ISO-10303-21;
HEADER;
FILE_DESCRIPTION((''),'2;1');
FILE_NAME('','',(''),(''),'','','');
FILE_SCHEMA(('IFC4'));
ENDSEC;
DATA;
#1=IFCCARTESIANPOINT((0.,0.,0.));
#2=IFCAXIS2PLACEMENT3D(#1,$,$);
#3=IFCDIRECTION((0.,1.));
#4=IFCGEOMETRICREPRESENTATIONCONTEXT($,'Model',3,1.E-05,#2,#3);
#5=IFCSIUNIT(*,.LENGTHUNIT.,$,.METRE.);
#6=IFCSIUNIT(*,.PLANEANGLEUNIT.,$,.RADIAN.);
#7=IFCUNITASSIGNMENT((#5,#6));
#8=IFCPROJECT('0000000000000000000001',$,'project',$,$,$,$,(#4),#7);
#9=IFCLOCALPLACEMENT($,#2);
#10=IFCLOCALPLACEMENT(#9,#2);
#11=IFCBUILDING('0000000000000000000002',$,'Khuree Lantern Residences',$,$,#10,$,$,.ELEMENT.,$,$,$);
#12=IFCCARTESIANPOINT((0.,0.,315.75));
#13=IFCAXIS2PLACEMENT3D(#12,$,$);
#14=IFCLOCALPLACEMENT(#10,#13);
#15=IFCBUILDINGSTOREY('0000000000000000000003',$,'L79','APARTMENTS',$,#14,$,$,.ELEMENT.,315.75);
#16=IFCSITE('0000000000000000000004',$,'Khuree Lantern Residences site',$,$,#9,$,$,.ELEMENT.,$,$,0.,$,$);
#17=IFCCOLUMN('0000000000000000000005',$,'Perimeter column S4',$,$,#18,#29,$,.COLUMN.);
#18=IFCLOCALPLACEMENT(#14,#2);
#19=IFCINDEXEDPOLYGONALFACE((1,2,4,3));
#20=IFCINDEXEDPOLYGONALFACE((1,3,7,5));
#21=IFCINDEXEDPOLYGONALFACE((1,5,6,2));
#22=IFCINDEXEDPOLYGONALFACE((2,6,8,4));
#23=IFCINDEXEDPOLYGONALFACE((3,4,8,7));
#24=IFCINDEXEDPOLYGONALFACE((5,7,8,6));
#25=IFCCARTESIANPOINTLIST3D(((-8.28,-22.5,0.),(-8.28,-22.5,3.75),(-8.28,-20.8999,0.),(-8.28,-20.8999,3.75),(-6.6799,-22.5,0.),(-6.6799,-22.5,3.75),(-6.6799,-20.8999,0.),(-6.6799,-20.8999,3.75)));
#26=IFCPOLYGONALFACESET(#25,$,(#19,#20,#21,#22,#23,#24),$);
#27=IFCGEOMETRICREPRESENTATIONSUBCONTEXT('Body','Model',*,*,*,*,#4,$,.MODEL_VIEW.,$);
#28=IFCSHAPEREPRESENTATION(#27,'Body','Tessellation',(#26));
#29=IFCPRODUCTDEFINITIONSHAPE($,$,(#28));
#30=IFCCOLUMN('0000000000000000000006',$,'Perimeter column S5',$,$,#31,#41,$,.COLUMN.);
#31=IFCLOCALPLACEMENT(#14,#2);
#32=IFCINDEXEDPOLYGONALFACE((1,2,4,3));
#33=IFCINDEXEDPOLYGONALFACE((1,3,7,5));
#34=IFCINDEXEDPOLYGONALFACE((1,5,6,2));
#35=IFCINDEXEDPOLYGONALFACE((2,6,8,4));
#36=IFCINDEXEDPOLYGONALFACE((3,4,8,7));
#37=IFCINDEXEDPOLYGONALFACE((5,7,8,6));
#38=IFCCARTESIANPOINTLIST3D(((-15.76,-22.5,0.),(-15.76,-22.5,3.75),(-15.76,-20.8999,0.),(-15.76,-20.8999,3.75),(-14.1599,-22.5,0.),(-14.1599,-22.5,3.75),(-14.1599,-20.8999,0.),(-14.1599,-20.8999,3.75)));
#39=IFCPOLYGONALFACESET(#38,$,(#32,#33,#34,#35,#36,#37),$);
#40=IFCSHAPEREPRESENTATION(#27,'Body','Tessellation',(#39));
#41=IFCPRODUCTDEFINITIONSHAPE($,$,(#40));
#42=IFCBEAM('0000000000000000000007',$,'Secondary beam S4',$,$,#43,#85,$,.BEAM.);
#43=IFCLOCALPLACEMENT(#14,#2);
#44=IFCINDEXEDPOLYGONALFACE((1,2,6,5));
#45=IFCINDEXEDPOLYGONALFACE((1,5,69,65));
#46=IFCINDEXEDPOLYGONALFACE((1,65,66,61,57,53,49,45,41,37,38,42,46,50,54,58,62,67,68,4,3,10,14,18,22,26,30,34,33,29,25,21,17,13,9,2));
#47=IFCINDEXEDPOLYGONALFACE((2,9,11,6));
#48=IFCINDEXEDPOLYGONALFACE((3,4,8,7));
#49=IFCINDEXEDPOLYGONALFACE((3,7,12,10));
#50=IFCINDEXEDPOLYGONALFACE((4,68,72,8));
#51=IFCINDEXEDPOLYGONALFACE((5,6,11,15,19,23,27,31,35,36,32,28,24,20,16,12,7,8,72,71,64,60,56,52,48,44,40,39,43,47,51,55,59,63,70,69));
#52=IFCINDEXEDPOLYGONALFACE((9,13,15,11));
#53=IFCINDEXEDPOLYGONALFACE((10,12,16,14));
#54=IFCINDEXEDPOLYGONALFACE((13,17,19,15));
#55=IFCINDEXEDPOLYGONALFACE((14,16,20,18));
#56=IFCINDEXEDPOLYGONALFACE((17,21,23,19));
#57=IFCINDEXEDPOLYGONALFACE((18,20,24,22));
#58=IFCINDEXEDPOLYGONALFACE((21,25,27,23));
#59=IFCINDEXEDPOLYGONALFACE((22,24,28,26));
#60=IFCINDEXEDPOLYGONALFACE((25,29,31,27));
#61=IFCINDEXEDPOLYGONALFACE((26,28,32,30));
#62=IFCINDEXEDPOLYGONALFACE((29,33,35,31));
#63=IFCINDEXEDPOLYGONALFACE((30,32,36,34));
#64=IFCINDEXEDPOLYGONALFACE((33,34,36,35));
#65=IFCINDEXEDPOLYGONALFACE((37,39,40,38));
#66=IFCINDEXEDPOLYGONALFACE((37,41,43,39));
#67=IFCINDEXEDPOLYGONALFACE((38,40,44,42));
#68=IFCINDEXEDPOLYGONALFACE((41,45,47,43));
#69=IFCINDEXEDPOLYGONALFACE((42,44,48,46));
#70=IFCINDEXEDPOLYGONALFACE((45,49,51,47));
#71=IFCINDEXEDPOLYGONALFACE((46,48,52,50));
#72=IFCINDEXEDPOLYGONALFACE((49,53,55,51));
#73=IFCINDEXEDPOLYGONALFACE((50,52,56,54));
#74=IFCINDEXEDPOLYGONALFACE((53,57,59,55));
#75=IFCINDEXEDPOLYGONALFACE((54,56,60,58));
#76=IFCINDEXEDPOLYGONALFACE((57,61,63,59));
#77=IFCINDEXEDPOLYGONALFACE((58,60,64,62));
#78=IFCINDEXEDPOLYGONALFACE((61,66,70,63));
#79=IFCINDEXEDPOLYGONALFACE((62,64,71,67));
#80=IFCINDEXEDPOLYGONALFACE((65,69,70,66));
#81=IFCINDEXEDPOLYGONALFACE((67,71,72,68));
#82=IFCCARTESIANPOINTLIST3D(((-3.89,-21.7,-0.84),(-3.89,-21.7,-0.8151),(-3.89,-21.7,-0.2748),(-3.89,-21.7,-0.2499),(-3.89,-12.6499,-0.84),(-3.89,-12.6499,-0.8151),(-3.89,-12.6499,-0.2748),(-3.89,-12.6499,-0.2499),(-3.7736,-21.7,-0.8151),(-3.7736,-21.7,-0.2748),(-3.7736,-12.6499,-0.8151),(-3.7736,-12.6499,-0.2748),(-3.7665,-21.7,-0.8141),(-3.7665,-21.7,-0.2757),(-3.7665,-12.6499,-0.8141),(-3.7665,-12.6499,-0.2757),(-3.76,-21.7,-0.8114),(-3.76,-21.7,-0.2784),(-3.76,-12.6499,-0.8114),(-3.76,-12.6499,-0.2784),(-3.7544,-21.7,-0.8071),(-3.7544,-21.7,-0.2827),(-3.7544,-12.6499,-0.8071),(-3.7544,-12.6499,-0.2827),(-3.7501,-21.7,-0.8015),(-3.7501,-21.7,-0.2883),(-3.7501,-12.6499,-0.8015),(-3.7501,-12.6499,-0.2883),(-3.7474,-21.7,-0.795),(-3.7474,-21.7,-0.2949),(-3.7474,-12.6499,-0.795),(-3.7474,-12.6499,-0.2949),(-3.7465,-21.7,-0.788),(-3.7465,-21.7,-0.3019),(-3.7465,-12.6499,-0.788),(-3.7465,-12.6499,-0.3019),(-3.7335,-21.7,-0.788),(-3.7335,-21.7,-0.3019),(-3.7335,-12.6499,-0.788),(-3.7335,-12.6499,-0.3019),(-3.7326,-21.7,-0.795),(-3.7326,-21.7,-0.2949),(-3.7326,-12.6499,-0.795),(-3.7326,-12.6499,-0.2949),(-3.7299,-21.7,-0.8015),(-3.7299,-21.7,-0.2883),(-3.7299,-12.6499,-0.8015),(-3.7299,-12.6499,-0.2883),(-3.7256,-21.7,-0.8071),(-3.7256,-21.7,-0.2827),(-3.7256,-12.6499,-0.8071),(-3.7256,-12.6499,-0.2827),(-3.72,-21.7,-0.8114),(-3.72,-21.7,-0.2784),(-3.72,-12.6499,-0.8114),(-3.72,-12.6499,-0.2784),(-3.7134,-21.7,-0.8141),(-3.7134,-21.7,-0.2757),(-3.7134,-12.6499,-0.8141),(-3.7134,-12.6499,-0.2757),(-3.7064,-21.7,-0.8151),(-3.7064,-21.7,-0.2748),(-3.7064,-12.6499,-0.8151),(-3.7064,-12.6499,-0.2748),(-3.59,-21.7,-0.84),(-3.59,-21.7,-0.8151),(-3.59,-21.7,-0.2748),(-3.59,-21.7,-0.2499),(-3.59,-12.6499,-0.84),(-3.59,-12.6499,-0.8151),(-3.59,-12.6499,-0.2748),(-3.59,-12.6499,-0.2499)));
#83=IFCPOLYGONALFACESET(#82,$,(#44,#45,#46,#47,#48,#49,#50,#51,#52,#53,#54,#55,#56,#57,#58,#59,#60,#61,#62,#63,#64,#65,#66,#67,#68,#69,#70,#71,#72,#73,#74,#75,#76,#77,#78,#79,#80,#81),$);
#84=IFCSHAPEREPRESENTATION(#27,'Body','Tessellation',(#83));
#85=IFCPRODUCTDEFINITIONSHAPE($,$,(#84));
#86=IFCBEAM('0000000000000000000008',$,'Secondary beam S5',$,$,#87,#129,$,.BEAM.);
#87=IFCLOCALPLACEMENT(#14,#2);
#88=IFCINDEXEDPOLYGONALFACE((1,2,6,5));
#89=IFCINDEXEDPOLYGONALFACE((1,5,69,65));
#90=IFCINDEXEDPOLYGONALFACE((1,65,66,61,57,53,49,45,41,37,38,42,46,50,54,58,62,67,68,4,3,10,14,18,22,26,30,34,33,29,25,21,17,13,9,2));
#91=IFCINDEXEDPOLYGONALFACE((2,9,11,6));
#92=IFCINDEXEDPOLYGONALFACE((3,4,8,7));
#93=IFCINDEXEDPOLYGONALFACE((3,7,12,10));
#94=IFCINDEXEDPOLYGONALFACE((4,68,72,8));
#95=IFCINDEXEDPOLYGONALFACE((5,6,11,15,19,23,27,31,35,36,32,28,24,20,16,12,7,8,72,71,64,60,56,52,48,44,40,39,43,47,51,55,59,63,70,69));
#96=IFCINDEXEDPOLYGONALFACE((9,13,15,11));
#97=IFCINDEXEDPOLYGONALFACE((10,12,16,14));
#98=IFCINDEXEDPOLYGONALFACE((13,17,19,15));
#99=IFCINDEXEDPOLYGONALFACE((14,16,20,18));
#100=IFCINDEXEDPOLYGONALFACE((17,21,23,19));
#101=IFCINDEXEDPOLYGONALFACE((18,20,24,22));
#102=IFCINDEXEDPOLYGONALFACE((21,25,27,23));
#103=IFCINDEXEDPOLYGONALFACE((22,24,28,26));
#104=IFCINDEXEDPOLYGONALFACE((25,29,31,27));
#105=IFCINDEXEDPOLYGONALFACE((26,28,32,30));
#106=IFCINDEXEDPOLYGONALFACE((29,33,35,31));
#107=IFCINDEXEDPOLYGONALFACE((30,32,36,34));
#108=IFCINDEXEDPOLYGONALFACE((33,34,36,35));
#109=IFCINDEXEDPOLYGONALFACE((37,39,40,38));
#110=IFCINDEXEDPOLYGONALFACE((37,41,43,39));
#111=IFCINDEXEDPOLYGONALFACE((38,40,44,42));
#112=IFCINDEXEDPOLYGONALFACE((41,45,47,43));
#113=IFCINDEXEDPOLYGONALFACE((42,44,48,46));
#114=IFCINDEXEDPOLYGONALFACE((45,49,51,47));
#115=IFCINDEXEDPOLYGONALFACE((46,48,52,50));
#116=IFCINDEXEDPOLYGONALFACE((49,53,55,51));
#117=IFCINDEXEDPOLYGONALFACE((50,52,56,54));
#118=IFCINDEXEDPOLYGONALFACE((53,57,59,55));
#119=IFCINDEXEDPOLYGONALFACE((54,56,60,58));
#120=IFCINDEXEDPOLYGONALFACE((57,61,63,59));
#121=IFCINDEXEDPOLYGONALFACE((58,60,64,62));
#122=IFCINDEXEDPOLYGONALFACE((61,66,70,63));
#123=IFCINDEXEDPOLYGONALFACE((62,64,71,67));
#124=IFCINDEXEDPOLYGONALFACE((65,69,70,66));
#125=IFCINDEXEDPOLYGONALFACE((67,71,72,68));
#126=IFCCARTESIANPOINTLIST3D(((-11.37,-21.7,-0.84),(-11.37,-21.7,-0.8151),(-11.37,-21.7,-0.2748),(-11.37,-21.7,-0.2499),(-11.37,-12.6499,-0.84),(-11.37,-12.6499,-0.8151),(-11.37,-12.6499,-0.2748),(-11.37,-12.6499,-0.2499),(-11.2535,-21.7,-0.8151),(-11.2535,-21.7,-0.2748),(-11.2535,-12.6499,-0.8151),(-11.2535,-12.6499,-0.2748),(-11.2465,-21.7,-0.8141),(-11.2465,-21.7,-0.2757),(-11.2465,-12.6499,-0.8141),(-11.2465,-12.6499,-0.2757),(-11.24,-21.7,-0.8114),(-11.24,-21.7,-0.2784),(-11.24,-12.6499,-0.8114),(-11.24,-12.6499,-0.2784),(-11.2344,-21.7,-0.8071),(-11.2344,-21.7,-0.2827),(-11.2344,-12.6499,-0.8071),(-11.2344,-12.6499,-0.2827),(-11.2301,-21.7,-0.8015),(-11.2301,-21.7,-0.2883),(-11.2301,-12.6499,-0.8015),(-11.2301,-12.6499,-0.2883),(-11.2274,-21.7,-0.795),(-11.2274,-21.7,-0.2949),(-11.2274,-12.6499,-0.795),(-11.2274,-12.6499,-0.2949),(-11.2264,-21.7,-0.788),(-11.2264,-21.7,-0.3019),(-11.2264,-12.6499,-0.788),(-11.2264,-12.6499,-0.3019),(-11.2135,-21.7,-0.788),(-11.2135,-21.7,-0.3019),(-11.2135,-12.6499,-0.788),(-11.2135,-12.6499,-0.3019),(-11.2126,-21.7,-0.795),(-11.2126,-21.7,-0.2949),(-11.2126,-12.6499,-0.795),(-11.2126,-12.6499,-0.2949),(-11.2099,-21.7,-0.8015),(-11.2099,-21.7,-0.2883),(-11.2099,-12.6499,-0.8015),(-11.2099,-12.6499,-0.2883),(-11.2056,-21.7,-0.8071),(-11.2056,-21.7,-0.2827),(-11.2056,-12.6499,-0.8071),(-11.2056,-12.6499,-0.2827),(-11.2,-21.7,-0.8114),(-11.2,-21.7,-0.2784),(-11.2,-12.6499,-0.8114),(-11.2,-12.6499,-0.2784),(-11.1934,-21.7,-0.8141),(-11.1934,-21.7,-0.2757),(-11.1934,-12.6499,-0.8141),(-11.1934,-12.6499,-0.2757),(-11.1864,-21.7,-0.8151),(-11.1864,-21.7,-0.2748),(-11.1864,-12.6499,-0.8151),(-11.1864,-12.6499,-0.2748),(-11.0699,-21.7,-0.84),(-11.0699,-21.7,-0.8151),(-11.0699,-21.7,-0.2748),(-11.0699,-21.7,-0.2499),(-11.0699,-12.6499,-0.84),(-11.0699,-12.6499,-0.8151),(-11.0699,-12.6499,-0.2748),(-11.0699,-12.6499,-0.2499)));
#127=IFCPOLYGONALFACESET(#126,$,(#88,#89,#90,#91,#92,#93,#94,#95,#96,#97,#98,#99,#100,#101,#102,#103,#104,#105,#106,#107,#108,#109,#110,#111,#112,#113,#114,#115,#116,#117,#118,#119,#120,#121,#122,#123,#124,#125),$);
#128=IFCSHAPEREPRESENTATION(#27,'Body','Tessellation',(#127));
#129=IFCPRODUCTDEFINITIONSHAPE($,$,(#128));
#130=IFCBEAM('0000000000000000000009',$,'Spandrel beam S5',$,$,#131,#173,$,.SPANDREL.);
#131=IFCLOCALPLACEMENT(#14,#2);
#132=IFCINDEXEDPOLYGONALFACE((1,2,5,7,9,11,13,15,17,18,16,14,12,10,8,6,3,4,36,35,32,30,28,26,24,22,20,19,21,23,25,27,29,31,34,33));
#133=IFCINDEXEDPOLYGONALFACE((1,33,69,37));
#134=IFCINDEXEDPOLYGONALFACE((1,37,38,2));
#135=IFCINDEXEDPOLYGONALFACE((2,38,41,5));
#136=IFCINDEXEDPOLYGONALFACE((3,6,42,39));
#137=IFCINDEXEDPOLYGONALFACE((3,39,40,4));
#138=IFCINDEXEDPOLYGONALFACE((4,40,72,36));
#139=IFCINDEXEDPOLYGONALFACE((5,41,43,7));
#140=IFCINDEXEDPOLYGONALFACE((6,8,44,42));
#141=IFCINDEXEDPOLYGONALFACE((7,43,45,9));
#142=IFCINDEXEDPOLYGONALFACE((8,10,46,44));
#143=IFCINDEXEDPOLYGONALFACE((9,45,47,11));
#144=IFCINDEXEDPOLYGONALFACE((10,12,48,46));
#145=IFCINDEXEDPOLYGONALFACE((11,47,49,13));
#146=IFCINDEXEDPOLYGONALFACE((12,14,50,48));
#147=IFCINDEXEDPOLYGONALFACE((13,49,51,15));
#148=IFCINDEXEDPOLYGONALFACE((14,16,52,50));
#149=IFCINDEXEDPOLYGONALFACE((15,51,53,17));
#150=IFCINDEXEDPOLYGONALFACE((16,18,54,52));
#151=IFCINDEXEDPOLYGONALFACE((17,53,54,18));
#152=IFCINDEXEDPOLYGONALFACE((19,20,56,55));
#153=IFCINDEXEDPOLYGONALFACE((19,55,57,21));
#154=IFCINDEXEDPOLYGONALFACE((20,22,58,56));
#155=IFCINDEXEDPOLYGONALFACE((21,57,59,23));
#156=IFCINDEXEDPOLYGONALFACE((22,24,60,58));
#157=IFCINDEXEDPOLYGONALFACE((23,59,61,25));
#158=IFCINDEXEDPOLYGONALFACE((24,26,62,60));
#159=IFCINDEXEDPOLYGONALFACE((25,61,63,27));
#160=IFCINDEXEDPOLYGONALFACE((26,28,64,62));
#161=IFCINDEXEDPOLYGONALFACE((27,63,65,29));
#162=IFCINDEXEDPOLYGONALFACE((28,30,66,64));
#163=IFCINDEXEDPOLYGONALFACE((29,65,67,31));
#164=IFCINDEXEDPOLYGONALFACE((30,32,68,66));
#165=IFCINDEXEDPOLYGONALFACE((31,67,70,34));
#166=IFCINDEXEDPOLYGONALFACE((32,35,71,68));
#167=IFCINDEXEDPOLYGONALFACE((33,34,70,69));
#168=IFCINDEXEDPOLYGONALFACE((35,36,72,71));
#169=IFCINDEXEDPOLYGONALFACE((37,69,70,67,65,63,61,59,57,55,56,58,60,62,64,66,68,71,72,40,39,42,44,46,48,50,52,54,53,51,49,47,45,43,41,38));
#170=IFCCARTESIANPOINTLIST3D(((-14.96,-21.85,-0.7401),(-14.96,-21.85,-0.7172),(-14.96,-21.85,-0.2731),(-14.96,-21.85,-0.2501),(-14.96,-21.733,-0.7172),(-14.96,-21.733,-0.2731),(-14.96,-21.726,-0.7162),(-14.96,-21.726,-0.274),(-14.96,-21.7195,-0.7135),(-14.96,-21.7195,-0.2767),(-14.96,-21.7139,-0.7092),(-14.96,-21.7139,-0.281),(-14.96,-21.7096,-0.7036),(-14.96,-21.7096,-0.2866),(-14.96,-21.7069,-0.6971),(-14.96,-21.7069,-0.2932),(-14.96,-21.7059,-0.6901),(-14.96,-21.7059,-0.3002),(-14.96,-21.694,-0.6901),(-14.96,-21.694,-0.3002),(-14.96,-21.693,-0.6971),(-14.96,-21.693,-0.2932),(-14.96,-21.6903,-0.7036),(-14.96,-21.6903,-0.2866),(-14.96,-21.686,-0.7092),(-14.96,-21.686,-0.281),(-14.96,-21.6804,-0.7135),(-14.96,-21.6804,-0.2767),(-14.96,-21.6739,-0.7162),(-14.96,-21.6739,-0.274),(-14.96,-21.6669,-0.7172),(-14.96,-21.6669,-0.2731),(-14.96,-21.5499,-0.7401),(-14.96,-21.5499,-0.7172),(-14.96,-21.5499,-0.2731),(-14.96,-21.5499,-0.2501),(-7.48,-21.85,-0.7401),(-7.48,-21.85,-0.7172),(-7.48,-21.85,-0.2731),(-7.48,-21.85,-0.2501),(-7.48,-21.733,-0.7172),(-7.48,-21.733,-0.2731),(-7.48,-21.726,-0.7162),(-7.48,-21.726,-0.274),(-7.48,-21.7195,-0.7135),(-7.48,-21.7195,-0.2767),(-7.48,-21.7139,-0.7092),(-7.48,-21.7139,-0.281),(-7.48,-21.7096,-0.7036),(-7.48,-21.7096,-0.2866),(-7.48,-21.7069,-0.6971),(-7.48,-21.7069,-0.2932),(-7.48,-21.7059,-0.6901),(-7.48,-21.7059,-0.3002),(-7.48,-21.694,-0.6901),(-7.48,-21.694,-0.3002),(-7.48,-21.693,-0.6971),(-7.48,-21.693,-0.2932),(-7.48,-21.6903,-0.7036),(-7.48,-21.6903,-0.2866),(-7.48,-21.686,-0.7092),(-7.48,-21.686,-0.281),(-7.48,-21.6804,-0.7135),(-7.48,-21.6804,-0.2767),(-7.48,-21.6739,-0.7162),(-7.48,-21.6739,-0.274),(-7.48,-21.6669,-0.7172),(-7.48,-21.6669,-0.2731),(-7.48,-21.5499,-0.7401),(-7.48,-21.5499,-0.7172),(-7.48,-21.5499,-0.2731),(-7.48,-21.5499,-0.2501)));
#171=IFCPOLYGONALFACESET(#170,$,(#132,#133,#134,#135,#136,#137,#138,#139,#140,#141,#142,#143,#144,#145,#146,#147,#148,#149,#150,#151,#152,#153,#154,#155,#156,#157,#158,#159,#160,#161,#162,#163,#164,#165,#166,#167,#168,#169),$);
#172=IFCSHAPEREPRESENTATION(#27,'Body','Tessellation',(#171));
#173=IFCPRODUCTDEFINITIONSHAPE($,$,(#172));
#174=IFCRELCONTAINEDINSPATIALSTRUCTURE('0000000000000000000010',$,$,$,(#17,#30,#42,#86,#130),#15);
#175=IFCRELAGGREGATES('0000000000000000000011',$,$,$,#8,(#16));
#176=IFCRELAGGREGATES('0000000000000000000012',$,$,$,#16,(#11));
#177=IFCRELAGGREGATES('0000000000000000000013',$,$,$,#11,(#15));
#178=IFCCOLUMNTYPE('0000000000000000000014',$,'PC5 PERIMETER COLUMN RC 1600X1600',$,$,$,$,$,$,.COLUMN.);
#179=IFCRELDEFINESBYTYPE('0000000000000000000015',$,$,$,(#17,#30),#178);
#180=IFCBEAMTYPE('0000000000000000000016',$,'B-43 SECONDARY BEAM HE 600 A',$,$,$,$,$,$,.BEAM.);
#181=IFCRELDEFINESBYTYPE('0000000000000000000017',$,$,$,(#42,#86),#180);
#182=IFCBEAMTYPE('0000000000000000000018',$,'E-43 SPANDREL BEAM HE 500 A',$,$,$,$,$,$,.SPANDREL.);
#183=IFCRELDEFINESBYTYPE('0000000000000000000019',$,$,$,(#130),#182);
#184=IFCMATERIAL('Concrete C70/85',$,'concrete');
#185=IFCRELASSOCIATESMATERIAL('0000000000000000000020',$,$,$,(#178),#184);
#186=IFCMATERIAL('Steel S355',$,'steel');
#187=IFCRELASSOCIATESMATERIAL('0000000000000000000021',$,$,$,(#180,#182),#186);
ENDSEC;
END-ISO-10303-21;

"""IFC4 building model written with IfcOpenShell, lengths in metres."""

from ifc_helpers import new_model, si_unit, direction, frame, origin, origin_2d, place, context, subcontext, project, spatial, rectangle, i_section, extrude, material, material_profile, profile_set, type_object, element, save


model = new_model("IFC4")

# Units and contexts
model_context = context("Model", 3, precision=1e-05, world=origin(), true_north=direction((0.0, 1.0)))
body_context = subcontext(model_context, "Body", "Model", "MODEL_VIEW")
ifc_project = project(units=[si_unit("LENGTHUNIT", "METRE"), si_unit("PLANEANGLEUNIT", "RADIAN")], contexts=[model_context])

# Site, building, storey
site_placement = place(None, origin())
site = spatial("IfcSite", under=ifc_project, at=site_placement, Name="Khuree Lantern Residences site", CompositionType="ELEMENT", RefElevation=0.0)
building_placement = place(site_placement, origin())
building = spatial("IfcBuilding", under=site, at=building_placement, Name="Khuree Lantern Residences", CompositionType="ELEMENT")
storey_placement = place(building_placement, frame((0.0, 0.0, 315.75)))
storey = spatial("IfcBuildingStorey", under=building, at=storey_placement, Name="L79", Description="APARTMENTS", CompositionType="ELEMENT", Elevation=315.75)

# Columns
ifc_material_1 = material(Name="Concrete C70/85", Category="concrete")
ifc_material_profile_1 = material_profile(ifc_material_1, rectangle(XDim=1.6001, YDim=1.6001, at=origin_2d()), Name="RC 1600X1600")
ifc_profile_set_1 = profile_set([ifc_material_profile_1], Name="Concrete C70/85")
column_type = type_object("IfcColumnType", Name="PC5 PERIMETER COLUMN RC 1600X1600", PredefinedType="COLUMN", material=ifc_profile_set_1)
for number, where, z_axis, x_axis, name in (
    (1, (-7.48, -21.7, 0.0), (0.0, 0.0, 1.0), (1.0, 0.0, 0.0), "Perimeter column S4"),
    (2, (-14.96, -21.7, 0.0), (0.0, 0.0, 1.0), (1.0, 0.0, 0.0), "Perimeter column S5"),
):
    element("IfcColumn", number, at=place(storey_placement, frame(where, z_axis=z_axis, x_axis=x_axis)), inside=storey, type_object=column_type, Name=name, PredefinedType="COLUMN", context=body_context, shape_type="SweptSolid", body=[
        extrude(rectangle(XDim=1.6001, YDim=1.6001, at=origin_2d()), origin(), (0.0, 0.0, 1.0), 3.75),
    ])

# Beams
ifc_material_2 = material(Name="Steel S355", Category="steel")
ifc_material_profile_2 = material_profile(ifc_material_2, i_section(OverallWidth=0.3, OverallDepth=0.5901, WebThickness=0.0129, FlangeThickness=0.0249, FilletRadius=0.0271, at=origin_2d()), Name="HE 600 A")
ifc_profile_set_2 = profile_set([ifc_material_profile_2], Name="Steel S355")
beam_type_1 = type_object("IfcBeamType", Name="B-43 SECONDARY BEAM HE 600 A", PredefinedType="BEAM", material=ifc_profile_set_2)
for number, where, z_axis, x_axis, name in (
    (3, (-3.74, -21.7, -0.5449), (0.0, 1.0, 0.0), (-1.0, 0.0, 0.0), "Secondary beam S4"),
    (4, (-11.22, -21.7, -0.5449), (0.0, 1.0, 0.0), (-1.0, 0.0, 0.0), "Secondary beam S5"),
):
    element("IfcBeam", number, at=place(storey_placement, frame(where, z_axis=z_axis, x_axis=x_axis)), inside=storey, type_object=beam_type_1, Name=name, PredefinedType="BEAM", context=body_context, shape_type="SweptSolid", body=[
        extrude(i_section(OverallWidth=0.3, OverallDepth=0.5901, WebThickness=0.0129, FlangeThickness=0.0249, FilletRadius=0.0271, at=origin_2d()), origin(), (0.0, 0.0, 1.0), 9.05),
    ])
ifc_material_profile_3 = material_profile(ifc_material_2, i_section(OverallWidth=0.3, OverallDepth=0.49, WebThickness=0.012, FlangeThickness=0.0229, FilletRadius=0.0271, at=origin_2d()), Name="HE 500 A")
ifc_profile_set_3 = profile_set([ifc_material_profile_3], Name="Steel S355")
beam_type_2 = type_object("IfcBeamType", Name="E-43 SPANDREL BEAM HE 500 A", PredefinedType="SPANDREL", material=ifc_profile_set_3)
beam_1_placement = place(storey_placement, frame((-7.48, -21.7, -0.4951), z_axis=(-1.0, 0.0, 0.0), x_axis=(0.0, -1.0, 0.0)))
element("IfcBeam", 5, at=beam_1_placement, inside=storey, type_object=beam_type_2, Name="Spandrel beam S5", PredefinedType="SPANDREL", context=body_context, shape_type="SweptSolid", body=[
    extrude(i_section(OverallWidth=0.3, OverallDepth=0.49, WebThickness=0.012, FlangeThickness=0.0229, FilletRadius=0.0271, at=origin_2d()), origin(), (0.0, 0.0, 1.0), 7.48),
])

save(model, "model.ifc")
